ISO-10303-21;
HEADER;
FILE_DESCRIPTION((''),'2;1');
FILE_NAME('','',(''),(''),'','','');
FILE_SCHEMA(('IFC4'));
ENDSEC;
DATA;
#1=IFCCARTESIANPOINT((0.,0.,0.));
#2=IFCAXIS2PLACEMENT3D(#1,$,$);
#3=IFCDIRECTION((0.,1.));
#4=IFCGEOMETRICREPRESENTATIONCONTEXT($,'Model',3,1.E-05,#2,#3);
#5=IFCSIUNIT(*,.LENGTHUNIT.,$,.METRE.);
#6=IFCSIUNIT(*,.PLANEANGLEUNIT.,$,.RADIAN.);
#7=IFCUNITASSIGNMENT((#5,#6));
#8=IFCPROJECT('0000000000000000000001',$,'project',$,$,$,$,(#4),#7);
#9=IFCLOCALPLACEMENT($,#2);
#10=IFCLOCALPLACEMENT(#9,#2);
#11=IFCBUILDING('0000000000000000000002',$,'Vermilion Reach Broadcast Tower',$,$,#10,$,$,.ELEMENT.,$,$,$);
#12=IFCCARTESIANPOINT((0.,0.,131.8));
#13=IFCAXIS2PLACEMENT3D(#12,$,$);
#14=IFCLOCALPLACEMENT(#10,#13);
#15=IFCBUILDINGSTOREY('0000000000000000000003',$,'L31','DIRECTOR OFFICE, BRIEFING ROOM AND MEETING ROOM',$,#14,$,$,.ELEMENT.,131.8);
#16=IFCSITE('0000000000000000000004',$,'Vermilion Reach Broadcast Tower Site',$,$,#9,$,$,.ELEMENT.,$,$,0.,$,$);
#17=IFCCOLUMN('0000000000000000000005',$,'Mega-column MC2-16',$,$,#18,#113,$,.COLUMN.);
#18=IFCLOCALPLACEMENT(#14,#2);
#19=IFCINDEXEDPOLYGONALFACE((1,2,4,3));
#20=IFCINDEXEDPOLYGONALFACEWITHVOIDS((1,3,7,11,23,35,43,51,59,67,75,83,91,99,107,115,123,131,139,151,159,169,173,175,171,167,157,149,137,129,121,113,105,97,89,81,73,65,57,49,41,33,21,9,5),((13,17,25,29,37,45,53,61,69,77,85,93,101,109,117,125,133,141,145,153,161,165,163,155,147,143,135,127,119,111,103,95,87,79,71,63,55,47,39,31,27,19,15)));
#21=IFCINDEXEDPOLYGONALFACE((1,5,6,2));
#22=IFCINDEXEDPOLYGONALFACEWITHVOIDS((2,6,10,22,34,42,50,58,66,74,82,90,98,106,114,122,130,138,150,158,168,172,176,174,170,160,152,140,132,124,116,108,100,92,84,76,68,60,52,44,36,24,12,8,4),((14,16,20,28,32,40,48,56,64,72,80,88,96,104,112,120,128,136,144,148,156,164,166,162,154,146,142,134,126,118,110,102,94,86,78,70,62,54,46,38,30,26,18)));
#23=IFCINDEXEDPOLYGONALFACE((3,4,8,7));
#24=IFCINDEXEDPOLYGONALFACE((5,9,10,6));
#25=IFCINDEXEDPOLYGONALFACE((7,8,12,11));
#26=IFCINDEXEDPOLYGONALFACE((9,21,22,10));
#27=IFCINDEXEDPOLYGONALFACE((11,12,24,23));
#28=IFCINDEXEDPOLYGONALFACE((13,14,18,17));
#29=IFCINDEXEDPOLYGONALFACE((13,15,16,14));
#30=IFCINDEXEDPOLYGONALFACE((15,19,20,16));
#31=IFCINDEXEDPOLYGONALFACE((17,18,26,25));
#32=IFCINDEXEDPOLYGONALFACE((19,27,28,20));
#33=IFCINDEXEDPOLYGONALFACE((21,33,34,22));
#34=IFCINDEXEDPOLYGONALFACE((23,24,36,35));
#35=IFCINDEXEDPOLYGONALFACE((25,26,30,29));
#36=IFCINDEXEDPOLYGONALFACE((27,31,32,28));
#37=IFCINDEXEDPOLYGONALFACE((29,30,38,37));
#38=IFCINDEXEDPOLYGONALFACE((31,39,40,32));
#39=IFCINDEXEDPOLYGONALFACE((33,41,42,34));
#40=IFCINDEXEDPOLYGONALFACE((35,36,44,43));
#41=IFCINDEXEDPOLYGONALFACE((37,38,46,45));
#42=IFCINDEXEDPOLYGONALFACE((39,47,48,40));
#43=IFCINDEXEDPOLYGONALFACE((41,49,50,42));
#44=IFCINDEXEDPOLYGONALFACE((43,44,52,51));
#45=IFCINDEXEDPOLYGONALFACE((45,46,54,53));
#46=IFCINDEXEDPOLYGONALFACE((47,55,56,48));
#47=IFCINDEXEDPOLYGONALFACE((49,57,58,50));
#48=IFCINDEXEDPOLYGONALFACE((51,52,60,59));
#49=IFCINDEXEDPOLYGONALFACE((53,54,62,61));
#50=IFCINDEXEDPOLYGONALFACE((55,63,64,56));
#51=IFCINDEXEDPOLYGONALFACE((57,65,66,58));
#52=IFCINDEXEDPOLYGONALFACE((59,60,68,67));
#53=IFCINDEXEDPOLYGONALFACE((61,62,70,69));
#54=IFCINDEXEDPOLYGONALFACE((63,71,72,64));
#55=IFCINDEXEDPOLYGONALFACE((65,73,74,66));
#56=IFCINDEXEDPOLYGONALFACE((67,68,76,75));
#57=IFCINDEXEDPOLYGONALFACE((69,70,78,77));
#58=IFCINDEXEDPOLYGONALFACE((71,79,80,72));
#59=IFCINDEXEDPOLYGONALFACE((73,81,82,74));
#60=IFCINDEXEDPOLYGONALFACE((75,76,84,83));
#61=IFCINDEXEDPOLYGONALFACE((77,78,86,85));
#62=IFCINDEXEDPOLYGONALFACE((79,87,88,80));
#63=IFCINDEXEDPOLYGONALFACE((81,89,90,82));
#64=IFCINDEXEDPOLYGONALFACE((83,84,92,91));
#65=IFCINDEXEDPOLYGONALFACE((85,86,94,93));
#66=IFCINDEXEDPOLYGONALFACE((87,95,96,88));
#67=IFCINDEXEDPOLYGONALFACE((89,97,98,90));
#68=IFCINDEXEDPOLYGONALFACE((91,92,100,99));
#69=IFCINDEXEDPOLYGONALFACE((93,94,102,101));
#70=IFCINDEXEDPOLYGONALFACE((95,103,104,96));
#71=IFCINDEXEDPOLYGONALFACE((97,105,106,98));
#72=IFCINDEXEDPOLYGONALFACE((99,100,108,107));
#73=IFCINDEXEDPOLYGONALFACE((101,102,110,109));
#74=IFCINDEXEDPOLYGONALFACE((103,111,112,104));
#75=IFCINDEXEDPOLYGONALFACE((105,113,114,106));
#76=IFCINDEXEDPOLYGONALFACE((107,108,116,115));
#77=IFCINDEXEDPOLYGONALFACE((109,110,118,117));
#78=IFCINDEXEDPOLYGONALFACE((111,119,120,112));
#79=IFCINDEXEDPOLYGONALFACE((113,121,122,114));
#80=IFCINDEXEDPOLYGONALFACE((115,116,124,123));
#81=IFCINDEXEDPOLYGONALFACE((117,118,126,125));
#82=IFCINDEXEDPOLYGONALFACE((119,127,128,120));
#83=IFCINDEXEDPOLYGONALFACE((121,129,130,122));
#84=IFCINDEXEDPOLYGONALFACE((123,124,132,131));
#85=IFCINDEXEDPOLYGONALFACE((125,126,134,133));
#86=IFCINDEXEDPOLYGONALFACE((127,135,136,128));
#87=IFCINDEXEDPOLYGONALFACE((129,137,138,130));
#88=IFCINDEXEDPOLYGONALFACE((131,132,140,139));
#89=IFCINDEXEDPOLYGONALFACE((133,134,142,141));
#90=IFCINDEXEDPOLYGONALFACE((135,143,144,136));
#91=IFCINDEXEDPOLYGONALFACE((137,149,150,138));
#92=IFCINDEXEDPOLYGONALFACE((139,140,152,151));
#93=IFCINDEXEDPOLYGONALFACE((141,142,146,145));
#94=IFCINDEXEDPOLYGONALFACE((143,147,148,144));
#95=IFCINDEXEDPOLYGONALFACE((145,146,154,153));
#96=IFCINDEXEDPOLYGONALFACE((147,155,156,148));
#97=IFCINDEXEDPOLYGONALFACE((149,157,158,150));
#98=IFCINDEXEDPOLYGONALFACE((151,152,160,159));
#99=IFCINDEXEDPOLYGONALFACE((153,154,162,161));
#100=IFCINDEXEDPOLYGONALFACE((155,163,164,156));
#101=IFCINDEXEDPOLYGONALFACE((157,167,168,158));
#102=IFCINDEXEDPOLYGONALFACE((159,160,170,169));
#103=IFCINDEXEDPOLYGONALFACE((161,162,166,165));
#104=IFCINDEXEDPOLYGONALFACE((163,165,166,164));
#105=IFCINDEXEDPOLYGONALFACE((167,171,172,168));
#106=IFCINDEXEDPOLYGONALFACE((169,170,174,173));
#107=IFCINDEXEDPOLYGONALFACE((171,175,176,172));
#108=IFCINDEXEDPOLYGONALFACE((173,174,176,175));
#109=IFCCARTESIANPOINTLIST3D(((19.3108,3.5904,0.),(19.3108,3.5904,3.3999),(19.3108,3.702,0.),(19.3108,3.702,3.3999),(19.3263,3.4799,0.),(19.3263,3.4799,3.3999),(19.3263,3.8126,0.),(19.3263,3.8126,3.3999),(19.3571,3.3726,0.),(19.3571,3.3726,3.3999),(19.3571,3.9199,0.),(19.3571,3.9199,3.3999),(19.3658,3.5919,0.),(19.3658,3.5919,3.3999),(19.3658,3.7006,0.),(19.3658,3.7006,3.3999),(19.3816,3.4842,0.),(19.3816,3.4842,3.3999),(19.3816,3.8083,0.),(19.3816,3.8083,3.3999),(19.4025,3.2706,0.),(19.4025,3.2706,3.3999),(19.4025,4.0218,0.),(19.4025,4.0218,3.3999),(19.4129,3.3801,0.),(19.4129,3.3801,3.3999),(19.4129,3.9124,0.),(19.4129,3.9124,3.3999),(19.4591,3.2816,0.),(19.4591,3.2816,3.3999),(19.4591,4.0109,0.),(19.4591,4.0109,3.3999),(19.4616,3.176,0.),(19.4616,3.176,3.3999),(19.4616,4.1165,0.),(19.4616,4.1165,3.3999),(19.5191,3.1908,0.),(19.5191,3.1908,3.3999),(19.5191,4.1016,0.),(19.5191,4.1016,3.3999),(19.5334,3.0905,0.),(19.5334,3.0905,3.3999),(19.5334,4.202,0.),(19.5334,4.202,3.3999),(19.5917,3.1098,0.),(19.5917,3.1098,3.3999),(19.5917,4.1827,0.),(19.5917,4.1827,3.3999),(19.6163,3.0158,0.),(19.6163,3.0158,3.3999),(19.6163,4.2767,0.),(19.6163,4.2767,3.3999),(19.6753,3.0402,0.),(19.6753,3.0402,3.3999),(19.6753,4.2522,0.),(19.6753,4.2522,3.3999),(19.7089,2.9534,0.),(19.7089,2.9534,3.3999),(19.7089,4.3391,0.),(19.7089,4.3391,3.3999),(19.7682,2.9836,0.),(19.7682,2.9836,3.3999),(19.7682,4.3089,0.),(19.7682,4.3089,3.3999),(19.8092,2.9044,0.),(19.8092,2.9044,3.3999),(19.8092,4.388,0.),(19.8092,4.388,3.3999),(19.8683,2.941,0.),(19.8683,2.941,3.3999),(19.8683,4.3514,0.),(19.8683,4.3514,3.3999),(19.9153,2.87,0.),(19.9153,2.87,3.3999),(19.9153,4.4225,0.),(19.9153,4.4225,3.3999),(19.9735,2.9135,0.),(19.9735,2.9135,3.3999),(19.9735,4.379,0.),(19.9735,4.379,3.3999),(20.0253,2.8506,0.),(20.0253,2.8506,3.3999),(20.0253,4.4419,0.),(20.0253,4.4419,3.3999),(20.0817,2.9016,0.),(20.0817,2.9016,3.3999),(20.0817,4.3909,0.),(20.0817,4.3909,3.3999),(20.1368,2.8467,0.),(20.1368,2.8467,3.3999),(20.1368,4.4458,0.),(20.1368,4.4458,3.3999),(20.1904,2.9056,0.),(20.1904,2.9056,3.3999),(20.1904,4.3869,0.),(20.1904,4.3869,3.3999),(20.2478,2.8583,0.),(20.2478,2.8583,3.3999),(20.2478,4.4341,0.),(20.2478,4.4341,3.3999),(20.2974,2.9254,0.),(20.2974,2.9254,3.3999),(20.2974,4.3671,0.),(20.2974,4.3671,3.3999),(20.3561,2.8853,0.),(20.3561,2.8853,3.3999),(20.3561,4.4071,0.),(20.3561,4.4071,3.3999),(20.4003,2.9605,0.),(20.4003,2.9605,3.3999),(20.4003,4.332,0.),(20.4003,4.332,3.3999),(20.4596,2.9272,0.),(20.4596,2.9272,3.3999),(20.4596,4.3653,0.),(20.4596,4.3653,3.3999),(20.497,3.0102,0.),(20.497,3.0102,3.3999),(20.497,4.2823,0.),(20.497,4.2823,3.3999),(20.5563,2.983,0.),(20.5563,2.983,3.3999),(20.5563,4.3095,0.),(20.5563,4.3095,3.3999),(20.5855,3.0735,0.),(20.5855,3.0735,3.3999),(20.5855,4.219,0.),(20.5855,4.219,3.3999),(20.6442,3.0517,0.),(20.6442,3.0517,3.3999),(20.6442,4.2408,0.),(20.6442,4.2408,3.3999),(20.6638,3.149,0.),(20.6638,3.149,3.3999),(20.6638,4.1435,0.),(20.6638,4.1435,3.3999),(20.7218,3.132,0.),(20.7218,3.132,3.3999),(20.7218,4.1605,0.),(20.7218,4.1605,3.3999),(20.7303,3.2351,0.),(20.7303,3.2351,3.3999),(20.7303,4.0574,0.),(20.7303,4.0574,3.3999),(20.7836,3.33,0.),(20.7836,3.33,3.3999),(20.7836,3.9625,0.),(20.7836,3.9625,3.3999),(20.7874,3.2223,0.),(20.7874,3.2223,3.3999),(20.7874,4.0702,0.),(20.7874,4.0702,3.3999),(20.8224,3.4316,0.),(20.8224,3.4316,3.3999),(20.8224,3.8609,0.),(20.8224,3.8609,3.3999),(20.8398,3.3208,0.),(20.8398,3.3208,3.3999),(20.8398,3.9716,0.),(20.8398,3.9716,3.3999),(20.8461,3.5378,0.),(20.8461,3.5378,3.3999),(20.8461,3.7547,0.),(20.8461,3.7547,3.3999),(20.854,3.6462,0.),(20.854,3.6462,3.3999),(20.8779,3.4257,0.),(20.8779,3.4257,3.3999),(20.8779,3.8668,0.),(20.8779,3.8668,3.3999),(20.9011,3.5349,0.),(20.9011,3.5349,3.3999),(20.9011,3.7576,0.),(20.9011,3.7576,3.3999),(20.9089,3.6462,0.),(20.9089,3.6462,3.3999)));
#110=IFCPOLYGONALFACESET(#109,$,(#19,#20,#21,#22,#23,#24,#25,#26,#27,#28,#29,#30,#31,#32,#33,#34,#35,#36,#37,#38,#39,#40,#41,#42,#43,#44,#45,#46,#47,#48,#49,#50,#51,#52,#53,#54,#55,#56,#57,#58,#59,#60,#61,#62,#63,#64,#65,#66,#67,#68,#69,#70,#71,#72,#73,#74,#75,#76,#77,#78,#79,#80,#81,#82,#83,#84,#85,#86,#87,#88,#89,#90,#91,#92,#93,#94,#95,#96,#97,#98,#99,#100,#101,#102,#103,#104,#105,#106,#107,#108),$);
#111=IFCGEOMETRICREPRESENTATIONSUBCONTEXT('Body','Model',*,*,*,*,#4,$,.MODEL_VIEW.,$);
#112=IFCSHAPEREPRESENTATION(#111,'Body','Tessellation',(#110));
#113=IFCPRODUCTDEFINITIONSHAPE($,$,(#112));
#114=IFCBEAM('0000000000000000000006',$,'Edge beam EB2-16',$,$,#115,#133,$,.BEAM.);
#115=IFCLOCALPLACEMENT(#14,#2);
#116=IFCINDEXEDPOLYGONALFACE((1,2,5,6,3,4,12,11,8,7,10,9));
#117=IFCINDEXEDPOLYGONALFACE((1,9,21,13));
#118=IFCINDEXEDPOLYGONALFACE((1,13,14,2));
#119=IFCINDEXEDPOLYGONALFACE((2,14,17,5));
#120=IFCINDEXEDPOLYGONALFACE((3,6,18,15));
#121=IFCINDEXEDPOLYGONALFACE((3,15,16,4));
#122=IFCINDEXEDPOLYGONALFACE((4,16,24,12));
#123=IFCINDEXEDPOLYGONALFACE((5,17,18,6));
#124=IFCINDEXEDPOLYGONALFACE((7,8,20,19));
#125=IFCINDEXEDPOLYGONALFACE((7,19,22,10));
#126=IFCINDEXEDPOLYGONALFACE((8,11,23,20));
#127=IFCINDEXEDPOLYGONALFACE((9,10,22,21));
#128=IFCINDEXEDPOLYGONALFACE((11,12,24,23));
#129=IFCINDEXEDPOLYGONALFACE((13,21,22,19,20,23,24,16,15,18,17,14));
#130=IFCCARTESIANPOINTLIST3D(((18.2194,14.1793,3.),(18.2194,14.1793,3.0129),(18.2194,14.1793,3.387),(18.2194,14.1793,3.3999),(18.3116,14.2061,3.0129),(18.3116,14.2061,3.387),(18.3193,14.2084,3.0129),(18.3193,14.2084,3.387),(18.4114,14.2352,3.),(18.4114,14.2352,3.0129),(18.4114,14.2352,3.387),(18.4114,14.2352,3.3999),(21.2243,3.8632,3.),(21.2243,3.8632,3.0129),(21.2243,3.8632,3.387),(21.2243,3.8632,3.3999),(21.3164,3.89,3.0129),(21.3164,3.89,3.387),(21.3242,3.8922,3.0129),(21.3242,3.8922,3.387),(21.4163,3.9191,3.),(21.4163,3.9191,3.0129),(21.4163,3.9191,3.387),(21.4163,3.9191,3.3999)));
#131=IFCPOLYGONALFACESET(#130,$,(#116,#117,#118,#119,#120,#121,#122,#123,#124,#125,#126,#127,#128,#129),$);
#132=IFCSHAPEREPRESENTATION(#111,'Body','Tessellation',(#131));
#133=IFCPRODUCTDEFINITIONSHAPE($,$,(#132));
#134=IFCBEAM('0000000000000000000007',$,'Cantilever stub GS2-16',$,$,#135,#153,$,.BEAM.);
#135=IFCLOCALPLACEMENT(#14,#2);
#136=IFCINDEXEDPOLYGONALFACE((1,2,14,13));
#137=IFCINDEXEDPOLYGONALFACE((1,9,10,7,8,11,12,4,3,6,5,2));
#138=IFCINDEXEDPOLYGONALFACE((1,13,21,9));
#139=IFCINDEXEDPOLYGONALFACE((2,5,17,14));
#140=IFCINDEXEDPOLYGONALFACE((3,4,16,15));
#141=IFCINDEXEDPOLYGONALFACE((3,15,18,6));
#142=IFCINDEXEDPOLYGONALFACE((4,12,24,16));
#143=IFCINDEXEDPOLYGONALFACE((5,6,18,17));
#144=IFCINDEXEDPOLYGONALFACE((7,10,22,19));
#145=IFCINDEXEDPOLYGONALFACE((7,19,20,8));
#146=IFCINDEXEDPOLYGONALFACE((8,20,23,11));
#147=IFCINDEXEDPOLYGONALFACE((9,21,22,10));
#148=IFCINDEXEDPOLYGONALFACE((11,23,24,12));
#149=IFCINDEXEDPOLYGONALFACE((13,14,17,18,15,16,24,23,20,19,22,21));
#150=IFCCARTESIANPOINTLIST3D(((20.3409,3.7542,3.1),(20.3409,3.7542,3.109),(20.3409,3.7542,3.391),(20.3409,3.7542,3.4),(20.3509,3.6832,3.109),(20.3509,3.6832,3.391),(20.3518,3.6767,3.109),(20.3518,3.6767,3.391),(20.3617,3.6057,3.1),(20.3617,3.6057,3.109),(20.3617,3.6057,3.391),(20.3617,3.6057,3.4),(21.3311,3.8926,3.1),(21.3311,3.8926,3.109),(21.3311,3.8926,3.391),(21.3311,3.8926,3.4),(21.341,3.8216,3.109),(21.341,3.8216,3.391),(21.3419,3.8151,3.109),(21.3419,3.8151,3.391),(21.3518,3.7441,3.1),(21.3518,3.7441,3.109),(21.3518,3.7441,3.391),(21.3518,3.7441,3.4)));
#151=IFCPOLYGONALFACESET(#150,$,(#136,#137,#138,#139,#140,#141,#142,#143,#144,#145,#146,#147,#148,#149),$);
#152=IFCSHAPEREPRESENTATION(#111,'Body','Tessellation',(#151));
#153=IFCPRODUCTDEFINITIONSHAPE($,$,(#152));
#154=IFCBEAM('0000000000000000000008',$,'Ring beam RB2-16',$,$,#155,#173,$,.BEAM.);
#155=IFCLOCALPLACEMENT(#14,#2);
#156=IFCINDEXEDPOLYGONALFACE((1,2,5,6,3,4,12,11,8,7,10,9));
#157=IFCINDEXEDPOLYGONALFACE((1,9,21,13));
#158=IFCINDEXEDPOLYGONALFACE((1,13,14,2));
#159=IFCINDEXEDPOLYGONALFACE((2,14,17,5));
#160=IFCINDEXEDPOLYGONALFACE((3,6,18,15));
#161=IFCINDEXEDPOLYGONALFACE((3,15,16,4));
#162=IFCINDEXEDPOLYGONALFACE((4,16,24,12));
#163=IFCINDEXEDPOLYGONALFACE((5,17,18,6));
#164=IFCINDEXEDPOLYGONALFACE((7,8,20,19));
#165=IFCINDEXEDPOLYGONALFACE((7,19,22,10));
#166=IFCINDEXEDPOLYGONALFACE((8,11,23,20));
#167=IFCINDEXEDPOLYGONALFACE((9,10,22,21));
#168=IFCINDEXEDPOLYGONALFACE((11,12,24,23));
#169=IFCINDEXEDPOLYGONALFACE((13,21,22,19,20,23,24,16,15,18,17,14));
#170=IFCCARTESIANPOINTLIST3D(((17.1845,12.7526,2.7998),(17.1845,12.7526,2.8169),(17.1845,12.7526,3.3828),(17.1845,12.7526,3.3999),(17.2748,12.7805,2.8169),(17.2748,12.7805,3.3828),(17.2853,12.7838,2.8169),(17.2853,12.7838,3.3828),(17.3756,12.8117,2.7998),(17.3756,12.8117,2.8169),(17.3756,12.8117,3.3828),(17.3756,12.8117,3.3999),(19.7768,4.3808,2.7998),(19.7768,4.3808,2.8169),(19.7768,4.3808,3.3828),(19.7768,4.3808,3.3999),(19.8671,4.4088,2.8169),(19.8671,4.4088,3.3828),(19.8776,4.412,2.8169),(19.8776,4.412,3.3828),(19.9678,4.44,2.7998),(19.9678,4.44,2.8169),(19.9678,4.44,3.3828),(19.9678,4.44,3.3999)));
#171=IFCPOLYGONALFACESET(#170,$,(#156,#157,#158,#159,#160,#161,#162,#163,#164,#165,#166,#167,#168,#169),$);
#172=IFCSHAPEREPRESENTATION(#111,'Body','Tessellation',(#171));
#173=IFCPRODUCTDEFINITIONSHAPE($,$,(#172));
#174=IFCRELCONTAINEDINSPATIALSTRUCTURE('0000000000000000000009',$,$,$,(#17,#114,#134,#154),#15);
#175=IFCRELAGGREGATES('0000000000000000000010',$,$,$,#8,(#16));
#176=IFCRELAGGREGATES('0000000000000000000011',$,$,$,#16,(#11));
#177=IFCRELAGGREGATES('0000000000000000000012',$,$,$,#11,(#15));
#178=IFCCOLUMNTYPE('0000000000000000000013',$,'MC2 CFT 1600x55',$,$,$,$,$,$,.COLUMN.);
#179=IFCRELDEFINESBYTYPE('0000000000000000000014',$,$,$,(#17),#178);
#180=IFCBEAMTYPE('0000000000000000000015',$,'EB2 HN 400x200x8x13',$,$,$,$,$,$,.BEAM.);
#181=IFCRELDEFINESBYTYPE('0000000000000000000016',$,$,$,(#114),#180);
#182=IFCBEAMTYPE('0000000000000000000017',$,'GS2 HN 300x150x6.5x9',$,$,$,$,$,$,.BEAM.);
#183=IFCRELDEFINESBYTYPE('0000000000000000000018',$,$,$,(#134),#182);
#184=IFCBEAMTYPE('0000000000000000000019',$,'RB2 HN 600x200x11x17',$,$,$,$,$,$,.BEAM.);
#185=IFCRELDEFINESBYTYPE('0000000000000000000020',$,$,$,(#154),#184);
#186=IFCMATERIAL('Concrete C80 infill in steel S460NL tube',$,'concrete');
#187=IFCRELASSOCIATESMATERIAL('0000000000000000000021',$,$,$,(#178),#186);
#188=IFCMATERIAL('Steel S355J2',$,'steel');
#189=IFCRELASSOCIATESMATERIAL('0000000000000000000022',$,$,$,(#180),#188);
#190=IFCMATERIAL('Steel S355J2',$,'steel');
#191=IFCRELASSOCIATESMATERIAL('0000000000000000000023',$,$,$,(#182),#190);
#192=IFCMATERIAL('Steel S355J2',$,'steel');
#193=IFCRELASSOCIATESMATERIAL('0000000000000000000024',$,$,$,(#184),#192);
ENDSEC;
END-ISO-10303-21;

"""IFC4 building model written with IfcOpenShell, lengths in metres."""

from ifc_helpers import new_model, si_unit, direction, frame, origin, origin_2d, place, context, subcontext, project, spatial, hollow_circle, i_section, extrude, material, material_profile, profile_set, type_object, element, save


model = new_model("IFC4")

# Units and contexts
model_context = context("Model", 3, precision=1e-05, world=origin(), true_north=direction((0.0, 1.0)))
body_context = subcontext(model_context, "Body", "Model", "MODEL_VIEW")
ifc_project = project(units=[si_unit("LENGTHUNIT", "METRE"), si_unit("PLANEANGLEUNIT", "RADIAN")], contexts=[model_context])

# Site, building, storey
site_placement = place(None, origin())
site = spatial("IfcSite", under=ifc_project, at=site_placement, Name="Vermilion Reach Broadcast Tower Site", CompositionType="ELEMENT", RefElevation=0.0)
building_placement = place(site_placement, origin())
building = spatial("IfcBuilding", under=site, at=building_placement, Name="Vermilion Reach Broadcast Tower", CompositionType="ELEMENT")
storey_placement = place(building_placement, frame((0.0, 0.0, 131.8)))
storey = spatial("IfcBuildingStorey", under=building, at=storey_placement, Name="L31", Description="DIRECTOR OFFICE, BRIEFING ROOM AND MEETING ROOM", CompositionType="ELEMENT", Elevation=131.8)

# Column
ifc_material_1 = material(Name="Concrete C80 infill in steel S460NL tube", Category="concrete")
ifc_material_profile_1 = material_profile(ifc_material_1, hollow_circle(Radius=0.8, WallThickness=0.0549, at=origin_2d()), Name="Concrete C80 infill in steel S460NL tube CFT 1600x55")
ifc_profile_set_1 = profile_set([ifc_material_profile_1], Name="Concrete C80 infill in steel S460NL tube")
column_type = type_object("IfcColumnType", Name="MC2 CFT 1600x55", PredefinedType="COLUMN", material=ifc_profile_set_1)
column_placement = place(storey_placement, frame((20.1089, 3.6462, 0.0), z_axis=(0.0, 0.0, 1.0), x_axis=(1.0, 0.0, 0.0)))
element("IfcColumn", 1, at=column_placement, inside=storey, type_object=column_type, Name="Mega-column MC2-16", PredefinedType="COLUMN", context=body_context, shape_type="SweptSolid", body=[
    extrude(hollow_circle(Radius=0.8, WallThickness=0.0549, at=origin_2d()), origin(), (0.0, 0.0, 1.0), 3.3999),
])

# Beams
ifc_material_2 = material(Name="Steel S355J2", Category="steel")
ifc_material_profile_2 = material_profile(ifc_material_2, i_section(OverallWidth=0.2, OverallDepth=0.3999, WebThickness=0.0081, FlangeThickness=0.0129, at=origin_2d()), Name="S355J2 HN 400x200x8x13")
ifc_profile_set_2 = profile_set([ifc_material_profile_2], Name="Steel S355J2")
beam_type_1 = type_object("IfcBeamType", Name="EB2 HN 400x200x8x13", PredefinedType="BEAM", material=ifc_profile_set_2)
beam_1_placement = place(storey_placement, frame((21.3203, 3.8911, 3.2), z_axis=(-0.279657, 0.9601, 0.0), x_axis=(-0.9601, -0.279657, 0.0)))
element("IfcBeam", 2, at=beam_1_placement, inside=storey, type_object=beam_type_1, Name="Edge beam EB2-16", PredefinedType="BEAM", context=body_context, shape_type="SweptSolid", body=[
    extrude(i_section(OverallWidth=0.2, OverallDepth=0.3999, WebThickness=0.0081, FlangeThickness=0.0129, at=origin_2d()), origin(), (0.0, 0.0, 1.0), 10.7449),
])
ifc_material_3 = material(Name="Steel S355J2", Category="steel")
ifc_material_profile_3 = material_profile(ifc_material_3, i_section(OverallWidth=0.1499, OverallDepth=0.3, WebThickness=0.0066, FlangeThickness=0.009, at=origin_2d()), Name="S355J2 HN 300x150x6.5x9")
ifc_profile_set_3 = profile_set([ifc_material_profile_3], Name="Steel S355J2")
beam_type_2 = type_object("IfcBeamType", Name="GS2 HN 300x150x6.5x9", PredefinedType="BEAM", material=ifc_profile_set_3)
beam_2_placement = place(storey_placement, frame((20.3513, 3.6799, 3.25), z_axis=(0.99037, 0.138447, 0.0), x_axis=(-0.138447, 0.99037, 0.0)))
element("IfcBeam", 3, at=beam_2_placement, inside=storey, type_object=beam_type_2, Name="Cantilever stub GS2-16", PredefinedType="BEAM", context=body_context, shape_type="SweptSolid", body=[
    extrude(i_section(OverallWidth=0.1499, OverallDepth=0.3, WebThickness=0.0066, FlangeThickness=0.009, at=origin_2d()), origin(), (0.0, 0.0, 1.0), 0.9998),
])
ifc_material_4 = material(Name="Steel S355J2", Category="steel")
ifc_material_profile_4 = material_profile(ifc_material_4, i_section(OverallWidth=0.2, OverallDepth=0.6001, WebThickness=0.011, FlangeThickness=0.0171, at=origin_2d()), Name="S355J2 HN 600x200x11x17")
ifc_profile_set_4 = profile_set([ifc_material_profile_4], Name="Steel S355J2")
beam_type_3 = type_object("IfcBeamType", Name="RB2 HN 600x200x11x17", PredefinedType="BEAM", material=ifc_profile_set_4)
beam_3_placement = place(storey_placement, frame((19.8723, 4.4104, 3.0999), z_axis=(-0.295788, 0.955253, 0.0), x_axis=(-0.955253, -0.295788, 0.0)))
element("IfcBeam", 4, at=beam_3_placement, inside=storey, type_object=beam_type_3, Name="Ring beam RB2-16", PredefinedType="BEAM", context=body_context, shape_type="SweptSolid", body=[
    extrude(i_section(OverallWidth=0.2, OverallDepth=0.6001, WebThickness=0.011, FlangeThickness=0.0171, at=origin_2d()), origin(), (0.0, 0.0, 1.0), 8.7639),
])

save(model, "model.ifc")
